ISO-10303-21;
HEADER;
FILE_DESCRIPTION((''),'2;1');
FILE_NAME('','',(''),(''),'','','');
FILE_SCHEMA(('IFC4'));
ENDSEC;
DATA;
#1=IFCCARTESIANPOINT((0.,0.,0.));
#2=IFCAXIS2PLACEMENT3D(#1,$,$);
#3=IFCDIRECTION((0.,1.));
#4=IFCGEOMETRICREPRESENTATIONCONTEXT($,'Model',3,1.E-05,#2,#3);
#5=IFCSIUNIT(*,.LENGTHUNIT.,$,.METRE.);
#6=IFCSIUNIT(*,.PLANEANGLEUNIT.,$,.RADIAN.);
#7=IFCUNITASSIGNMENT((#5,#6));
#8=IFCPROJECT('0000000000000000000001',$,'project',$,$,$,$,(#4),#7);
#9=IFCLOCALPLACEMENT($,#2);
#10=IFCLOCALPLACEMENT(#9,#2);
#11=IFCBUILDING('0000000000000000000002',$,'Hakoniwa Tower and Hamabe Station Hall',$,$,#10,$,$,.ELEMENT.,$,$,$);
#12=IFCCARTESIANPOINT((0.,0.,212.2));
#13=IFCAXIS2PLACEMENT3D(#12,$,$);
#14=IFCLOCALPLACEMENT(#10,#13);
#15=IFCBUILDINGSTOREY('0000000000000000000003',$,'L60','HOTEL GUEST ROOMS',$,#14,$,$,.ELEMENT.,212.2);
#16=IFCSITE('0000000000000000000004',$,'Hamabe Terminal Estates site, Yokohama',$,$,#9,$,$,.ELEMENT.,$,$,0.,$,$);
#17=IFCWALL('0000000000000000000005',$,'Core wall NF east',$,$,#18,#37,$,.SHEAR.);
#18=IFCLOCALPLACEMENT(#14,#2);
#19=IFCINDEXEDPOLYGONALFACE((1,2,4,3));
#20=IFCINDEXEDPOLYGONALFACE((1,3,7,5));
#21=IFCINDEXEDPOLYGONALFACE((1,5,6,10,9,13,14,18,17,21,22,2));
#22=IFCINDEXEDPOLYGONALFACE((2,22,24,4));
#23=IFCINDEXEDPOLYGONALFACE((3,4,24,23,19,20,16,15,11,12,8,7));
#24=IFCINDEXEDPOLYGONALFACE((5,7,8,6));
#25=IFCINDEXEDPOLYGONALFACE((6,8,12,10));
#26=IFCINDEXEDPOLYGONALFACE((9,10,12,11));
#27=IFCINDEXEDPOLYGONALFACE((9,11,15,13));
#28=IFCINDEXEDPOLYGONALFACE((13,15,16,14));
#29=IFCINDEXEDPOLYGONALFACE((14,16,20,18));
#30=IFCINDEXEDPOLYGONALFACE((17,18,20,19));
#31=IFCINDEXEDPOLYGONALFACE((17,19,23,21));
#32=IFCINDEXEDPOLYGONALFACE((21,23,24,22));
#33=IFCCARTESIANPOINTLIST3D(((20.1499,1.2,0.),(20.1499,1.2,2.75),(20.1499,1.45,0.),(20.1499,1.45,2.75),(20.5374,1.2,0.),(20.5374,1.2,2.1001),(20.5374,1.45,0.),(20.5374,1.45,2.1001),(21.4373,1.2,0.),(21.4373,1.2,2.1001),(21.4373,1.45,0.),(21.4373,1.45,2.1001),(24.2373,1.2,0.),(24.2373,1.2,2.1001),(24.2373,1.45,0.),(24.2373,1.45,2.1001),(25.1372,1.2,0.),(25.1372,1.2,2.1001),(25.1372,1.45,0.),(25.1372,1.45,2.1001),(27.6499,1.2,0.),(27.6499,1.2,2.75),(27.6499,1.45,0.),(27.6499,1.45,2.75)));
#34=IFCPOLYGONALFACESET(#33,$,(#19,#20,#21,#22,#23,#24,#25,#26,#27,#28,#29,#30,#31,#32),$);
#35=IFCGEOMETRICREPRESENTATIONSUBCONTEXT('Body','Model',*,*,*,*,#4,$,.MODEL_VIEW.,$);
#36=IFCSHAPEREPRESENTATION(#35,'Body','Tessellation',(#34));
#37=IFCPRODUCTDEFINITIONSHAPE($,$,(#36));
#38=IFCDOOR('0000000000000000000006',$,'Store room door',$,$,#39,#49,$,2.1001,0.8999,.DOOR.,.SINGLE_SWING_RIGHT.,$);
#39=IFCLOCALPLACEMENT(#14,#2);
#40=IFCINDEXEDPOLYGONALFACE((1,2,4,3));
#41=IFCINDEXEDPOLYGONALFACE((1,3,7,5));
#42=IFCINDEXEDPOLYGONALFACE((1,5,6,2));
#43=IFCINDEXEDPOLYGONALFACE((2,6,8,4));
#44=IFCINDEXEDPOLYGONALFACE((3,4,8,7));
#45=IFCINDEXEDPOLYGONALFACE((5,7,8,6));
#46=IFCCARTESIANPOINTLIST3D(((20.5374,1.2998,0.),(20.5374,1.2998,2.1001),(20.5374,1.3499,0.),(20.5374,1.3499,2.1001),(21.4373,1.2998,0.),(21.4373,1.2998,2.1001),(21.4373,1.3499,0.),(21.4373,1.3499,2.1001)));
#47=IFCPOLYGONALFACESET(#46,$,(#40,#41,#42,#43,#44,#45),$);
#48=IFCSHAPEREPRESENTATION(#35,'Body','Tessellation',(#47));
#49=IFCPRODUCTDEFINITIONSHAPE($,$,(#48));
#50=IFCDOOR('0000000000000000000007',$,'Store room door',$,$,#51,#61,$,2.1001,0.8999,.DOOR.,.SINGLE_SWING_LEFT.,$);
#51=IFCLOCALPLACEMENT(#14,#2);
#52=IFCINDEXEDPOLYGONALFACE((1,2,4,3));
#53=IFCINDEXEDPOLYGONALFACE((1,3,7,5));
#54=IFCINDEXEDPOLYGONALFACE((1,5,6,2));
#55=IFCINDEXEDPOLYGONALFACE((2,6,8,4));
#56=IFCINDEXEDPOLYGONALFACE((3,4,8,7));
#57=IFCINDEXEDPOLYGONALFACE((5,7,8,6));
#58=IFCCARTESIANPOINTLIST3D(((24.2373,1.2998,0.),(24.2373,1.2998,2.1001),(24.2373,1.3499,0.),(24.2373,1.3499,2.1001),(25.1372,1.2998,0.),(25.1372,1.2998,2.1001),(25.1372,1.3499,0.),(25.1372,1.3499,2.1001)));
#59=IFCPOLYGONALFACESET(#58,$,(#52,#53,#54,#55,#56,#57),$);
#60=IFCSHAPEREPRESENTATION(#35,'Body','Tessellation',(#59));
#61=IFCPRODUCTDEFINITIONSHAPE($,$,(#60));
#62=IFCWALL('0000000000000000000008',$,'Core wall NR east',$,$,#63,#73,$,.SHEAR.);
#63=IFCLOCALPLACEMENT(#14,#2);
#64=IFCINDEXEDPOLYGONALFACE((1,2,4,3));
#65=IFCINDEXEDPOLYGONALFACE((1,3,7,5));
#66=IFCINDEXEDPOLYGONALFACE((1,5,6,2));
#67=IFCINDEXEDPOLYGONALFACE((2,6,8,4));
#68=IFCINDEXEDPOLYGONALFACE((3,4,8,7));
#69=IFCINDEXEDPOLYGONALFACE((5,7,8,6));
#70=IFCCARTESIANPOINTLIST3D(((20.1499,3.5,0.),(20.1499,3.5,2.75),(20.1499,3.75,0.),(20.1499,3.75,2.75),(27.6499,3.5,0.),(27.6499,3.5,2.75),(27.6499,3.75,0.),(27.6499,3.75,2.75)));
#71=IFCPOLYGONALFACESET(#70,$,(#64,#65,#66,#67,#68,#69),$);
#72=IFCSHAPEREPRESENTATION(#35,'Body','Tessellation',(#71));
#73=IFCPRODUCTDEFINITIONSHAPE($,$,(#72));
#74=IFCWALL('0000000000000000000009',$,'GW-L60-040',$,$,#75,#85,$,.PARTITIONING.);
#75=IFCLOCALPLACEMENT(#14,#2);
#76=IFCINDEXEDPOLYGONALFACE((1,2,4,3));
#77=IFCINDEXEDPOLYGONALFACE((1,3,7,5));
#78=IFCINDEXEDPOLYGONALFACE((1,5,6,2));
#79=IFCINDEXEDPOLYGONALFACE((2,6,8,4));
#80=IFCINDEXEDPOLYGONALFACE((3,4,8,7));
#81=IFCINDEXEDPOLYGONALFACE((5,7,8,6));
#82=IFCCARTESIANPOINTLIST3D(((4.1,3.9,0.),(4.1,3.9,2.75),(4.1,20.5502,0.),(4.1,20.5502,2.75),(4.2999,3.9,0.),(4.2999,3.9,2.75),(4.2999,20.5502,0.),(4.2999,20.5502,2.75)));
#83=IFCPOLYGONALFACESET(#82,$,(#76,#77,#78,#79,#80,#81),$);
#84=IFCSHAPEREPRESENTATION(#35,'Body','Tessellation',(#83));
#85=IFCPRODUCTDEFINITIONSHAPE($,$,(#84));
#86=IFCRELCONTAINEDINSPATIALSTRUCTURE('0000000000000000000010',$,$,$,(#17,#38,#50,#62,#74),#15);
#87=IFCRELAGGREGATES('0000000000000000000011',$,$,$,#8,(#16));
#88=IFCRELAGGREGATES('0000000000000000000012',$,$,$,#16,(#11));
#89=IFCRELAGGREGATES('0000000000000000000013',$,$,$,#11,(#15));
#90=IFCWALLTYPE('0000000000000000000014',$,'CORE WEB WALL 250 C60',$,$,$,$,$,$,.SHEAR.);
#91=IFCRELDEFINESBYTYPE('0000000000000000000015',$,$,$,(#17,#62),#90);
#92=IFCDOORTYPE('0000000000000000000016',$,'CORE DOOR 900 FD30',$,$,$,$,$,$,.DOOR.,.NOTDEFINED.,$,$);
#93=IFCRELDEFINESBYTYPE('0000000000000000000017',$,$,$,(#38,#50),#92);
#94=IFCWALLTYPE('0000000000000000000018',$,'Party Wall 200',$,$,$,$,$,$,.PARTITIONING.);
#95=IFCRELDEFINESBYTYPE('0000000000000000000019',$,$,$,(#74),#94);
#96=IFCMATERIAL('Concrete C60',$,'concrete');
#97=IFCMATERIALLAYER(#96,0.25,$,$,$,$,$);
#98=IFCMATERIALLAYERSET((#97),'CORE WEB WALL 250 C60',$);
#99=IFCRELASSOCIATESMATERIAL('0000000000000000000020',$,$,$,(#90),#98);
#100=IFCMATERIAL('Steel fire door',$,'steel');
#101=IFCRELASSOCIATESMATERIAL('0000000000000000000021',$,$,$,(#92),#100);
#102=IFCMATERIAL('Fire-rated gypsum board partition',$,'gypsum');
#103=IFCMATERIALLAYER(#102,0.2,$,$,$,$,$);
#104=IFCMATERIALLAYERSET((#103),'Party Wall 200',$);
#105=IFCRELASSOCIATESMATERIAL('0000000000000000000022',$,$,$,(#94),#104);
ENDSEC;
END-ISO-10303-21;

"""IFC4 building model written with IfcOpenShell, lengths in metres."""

from ifc_helpers import new_model, si_unit, direction, frame, frame_2d, origin, place, context, subcontext, project, spatial, rectangle, extrude, material, layer, layer_set, type_object, element, fill, save


model = new_model("IFC4")

# Units and contexts
model_context = context("Model", 3, precision=1e-05, world=origin(), true_north=direction((0.0, 1.0)))
body_context = subcontext(model_context, "Body", "Model", "MODEL_VIEW")
ifc_project = project(units=[si_unit("LENGTHUNIT", "METRE"), si_unit("PLANEANGLEUNIT", "RADIAN")], contexts=[model_context])

# Site, building, storey
site_placement = place(None, origin())
site = spatial("IfcSite", under=ifc_project, at=site_placement, Name="Hamabe Terminal Estates site, Yokohama", CompositionType="ELEMENT", RefElevation=0.0)
building_placement = place(site_placement, origin())
building = spatial("IfcBuilding", under=site, at=building_placement, Name="Hakoniwa Tower and Hamabe Station Hall", CompositionType="ELEMENT")
storey_placement = place(building_placement, frame((0.0, 0.0, 212.2)))
storey = spatial("IfcBuildingStorey", under=building, at=storey_placement, Name="L60", Description="HOTEL GUEST ROOMS", CompositionType="ELEMENT", Elevation=212.2)

# Shared definitions
ifc_material_1 = material(Name="Concrete C60", Category="concrete")
ifc_layer_1 = layer(ifc_material_1, 0.25)
ifc_layer_set_1 = layer_set([ifc_layer_1], Name="CORE WEB WALL 250 C60")
wall_type_1 = type_object("IfcWallType", Name="CORE WEB WALL 250 C60", PredefinedType="SHEAR", material=ifc_layer_set_1)

# Wall, openings, doors
wall_1_placement = place(storey_placement, frame((20.1499, 1.325, 0.0), z_axis=(0.0, 0.0, 1.0), x_axis=(1.0, 0.0, 0.0)))
wall_1 = element("IfcWall", 1, at=wall_1_placement, inside=storey, type_object=wall_type_1, Name="Core wall NF east", PredefinedType="SHEAR", context=body_context, shape_type="SweptSolid", body=[
    extrude(rectangle(XDim=7.5, YDim=0.25, at=frame_2d((3.75, 0.0))), origin(), (0.0, 0.0, 1.0), 2.75),
])
opening_1_placement = place(wall_1_placement, frame((0.3875, 0.0, 0.0)))
opening_1 = element("IfcOpeningElement", 2, at=opening_1_placement, cuts=wall_1, PredefinedType="OPENING", context=body_context, shape_type="SweptSolid", body=[
    extrude(rectangle(XDim=0.8999, YDim=2.1001, at=frame_2d((0.45, 1.05))), frame((0.0, 0.135, 0.0), z_axis=(0.0, -1.0, 0.0), x_axis=(1.0, 0.0, 0.0)), (0.0, 0.0, 1.0), 0.27),
])
opening_2_placement = place(wall_1_placement, frame((4.0874, 0.0, 0.0)))
opening_2 = element("IfcOpeningElement", 3, at=opening_2_placement, cuts=wall_1, PredefinedType="OPENING", context=body_context, shape_type="SweptSolid", body=[
    extrude(rectangle(XDim=0.8999, YDim=2.1001, at=frame_2d((0.45, 1.05))), frame((0.0, 0.135, 0.0), z_axis=(0.0, -1.0, 0.0), x_axis=(1.0, 0.0, 0.0)), (0.0, 0.0, 1.0), 0.27),
])
ifc_material_2 = material(Name="Steel fire door", Category="steel")
door_type_1 = type_object("IfcDoorType", Name="CORE DOOR 900 FD30", OperationType="NOTDEFINED", PredefinedType="DOOR", material=ifc_material_2)
door_1_placement = place(opening_1_placement, origin())
door_1 = element("IfcDoor", 4, at=door_1_placement, inside=storey, type_object=door_type_1, Name="Store room door", OperationType="SINGLE_SWING_RIGHT", OverallHeight=2.1001, OverallWidth=0.8999, PredefinedType="DOOR", context=body_context, shape_type="SweptSolid", body=[
    extrude(rectangle(XDim=0.8999, YDim=2.1001, at=frame_2d((0.45, 1.05))), frame((0.0, 0.0249, 0.0), z_axis=(0.0, -1.0, 0.0), x_axis=(1.0, 0.0, 0.0)), (0.0, 0.0, 1.0), 0.05),
])
fill(opening_1, door_1)
door_2_placement = place(opening_2_placement, origin())
door_2 = element("IfcDoor", 5, at=door_2_placement, inside=storey, type_object=door_type_1, Name="Store room door", OperationType="SINGLE_SWING_LEFT", OverallHeight=2.1001, OverallWidth=0.8999, PredefinedType="DOOR", context=body_context, shape_type="SweptSolid", body=[
    extrude(rectangle(XDim=0.8999, YDim=2.1001, at=frame_2d((0.45, 1.05))), frame((0.0, 0.0249, 0.0), z_axis=(0.0, -1.0, 0.0), x_axis=(1.0, 0.0, 0.0)), (0.0, 0.0, 1.0), 0.05),
])
fill(opening_2, door_2)

# Walls
wall_2_placement = place(storey_placement, frame((20.1499, 3.625, 0.0), z_axis=(0.0, 0.0, 1.0), x_axis=(1.0, 0.0, 0.0)))
element("IfcWall", 6, at=wall_2_placement, inside=storey, type_object=wall_type_1, Name="Core wall NR east", PredefinedType="SHEAR", context=body_context, shape_type="SweptSolid", body=[
    extrude(rectangle(XDim=7.5, YDim=0.25, at=frame_2d((3.75, 0.0))), origin(), (0.0, 0.0, 1.0), 2.75),
])
ifc_material_3 = material(Name="Fire-rated gypsum board partition", Category="gypsum")
ifc_layer_2 = layer(ifc_material_3, 0.2)
ifc_layer_set_2 = layer_set([ifc_layer_2], Name="Party Wall 200")
wall_type_2 = type_object("IfcWallType", Name="Party Wall 200", PredefinedType="PARTITIONING", material=ifc_layer_set_2)
wall_3_placement = place(storey_placement, frame((4.2, 3.8999, 0.0), z_axis=(0.0, 0.0, 1.0), x_axis=(0.0, 1.0, 0.0)))
element("IfcWall", 7, at=wall_3_placement, inside=storey, type_object=wall_type_2, Name="GW-L60-040", PredefinedType="PARTITIONING", context=body_context, shape_type="SweptSolid", body=[
    extrude(rectangle(XDim=16.6501, YDim=0.2, at=frame_2d((8.3252, 0.0))), origin(), (0.0, 0.0, 1.0), 2.75),
])

save(model, "model.ifc")
